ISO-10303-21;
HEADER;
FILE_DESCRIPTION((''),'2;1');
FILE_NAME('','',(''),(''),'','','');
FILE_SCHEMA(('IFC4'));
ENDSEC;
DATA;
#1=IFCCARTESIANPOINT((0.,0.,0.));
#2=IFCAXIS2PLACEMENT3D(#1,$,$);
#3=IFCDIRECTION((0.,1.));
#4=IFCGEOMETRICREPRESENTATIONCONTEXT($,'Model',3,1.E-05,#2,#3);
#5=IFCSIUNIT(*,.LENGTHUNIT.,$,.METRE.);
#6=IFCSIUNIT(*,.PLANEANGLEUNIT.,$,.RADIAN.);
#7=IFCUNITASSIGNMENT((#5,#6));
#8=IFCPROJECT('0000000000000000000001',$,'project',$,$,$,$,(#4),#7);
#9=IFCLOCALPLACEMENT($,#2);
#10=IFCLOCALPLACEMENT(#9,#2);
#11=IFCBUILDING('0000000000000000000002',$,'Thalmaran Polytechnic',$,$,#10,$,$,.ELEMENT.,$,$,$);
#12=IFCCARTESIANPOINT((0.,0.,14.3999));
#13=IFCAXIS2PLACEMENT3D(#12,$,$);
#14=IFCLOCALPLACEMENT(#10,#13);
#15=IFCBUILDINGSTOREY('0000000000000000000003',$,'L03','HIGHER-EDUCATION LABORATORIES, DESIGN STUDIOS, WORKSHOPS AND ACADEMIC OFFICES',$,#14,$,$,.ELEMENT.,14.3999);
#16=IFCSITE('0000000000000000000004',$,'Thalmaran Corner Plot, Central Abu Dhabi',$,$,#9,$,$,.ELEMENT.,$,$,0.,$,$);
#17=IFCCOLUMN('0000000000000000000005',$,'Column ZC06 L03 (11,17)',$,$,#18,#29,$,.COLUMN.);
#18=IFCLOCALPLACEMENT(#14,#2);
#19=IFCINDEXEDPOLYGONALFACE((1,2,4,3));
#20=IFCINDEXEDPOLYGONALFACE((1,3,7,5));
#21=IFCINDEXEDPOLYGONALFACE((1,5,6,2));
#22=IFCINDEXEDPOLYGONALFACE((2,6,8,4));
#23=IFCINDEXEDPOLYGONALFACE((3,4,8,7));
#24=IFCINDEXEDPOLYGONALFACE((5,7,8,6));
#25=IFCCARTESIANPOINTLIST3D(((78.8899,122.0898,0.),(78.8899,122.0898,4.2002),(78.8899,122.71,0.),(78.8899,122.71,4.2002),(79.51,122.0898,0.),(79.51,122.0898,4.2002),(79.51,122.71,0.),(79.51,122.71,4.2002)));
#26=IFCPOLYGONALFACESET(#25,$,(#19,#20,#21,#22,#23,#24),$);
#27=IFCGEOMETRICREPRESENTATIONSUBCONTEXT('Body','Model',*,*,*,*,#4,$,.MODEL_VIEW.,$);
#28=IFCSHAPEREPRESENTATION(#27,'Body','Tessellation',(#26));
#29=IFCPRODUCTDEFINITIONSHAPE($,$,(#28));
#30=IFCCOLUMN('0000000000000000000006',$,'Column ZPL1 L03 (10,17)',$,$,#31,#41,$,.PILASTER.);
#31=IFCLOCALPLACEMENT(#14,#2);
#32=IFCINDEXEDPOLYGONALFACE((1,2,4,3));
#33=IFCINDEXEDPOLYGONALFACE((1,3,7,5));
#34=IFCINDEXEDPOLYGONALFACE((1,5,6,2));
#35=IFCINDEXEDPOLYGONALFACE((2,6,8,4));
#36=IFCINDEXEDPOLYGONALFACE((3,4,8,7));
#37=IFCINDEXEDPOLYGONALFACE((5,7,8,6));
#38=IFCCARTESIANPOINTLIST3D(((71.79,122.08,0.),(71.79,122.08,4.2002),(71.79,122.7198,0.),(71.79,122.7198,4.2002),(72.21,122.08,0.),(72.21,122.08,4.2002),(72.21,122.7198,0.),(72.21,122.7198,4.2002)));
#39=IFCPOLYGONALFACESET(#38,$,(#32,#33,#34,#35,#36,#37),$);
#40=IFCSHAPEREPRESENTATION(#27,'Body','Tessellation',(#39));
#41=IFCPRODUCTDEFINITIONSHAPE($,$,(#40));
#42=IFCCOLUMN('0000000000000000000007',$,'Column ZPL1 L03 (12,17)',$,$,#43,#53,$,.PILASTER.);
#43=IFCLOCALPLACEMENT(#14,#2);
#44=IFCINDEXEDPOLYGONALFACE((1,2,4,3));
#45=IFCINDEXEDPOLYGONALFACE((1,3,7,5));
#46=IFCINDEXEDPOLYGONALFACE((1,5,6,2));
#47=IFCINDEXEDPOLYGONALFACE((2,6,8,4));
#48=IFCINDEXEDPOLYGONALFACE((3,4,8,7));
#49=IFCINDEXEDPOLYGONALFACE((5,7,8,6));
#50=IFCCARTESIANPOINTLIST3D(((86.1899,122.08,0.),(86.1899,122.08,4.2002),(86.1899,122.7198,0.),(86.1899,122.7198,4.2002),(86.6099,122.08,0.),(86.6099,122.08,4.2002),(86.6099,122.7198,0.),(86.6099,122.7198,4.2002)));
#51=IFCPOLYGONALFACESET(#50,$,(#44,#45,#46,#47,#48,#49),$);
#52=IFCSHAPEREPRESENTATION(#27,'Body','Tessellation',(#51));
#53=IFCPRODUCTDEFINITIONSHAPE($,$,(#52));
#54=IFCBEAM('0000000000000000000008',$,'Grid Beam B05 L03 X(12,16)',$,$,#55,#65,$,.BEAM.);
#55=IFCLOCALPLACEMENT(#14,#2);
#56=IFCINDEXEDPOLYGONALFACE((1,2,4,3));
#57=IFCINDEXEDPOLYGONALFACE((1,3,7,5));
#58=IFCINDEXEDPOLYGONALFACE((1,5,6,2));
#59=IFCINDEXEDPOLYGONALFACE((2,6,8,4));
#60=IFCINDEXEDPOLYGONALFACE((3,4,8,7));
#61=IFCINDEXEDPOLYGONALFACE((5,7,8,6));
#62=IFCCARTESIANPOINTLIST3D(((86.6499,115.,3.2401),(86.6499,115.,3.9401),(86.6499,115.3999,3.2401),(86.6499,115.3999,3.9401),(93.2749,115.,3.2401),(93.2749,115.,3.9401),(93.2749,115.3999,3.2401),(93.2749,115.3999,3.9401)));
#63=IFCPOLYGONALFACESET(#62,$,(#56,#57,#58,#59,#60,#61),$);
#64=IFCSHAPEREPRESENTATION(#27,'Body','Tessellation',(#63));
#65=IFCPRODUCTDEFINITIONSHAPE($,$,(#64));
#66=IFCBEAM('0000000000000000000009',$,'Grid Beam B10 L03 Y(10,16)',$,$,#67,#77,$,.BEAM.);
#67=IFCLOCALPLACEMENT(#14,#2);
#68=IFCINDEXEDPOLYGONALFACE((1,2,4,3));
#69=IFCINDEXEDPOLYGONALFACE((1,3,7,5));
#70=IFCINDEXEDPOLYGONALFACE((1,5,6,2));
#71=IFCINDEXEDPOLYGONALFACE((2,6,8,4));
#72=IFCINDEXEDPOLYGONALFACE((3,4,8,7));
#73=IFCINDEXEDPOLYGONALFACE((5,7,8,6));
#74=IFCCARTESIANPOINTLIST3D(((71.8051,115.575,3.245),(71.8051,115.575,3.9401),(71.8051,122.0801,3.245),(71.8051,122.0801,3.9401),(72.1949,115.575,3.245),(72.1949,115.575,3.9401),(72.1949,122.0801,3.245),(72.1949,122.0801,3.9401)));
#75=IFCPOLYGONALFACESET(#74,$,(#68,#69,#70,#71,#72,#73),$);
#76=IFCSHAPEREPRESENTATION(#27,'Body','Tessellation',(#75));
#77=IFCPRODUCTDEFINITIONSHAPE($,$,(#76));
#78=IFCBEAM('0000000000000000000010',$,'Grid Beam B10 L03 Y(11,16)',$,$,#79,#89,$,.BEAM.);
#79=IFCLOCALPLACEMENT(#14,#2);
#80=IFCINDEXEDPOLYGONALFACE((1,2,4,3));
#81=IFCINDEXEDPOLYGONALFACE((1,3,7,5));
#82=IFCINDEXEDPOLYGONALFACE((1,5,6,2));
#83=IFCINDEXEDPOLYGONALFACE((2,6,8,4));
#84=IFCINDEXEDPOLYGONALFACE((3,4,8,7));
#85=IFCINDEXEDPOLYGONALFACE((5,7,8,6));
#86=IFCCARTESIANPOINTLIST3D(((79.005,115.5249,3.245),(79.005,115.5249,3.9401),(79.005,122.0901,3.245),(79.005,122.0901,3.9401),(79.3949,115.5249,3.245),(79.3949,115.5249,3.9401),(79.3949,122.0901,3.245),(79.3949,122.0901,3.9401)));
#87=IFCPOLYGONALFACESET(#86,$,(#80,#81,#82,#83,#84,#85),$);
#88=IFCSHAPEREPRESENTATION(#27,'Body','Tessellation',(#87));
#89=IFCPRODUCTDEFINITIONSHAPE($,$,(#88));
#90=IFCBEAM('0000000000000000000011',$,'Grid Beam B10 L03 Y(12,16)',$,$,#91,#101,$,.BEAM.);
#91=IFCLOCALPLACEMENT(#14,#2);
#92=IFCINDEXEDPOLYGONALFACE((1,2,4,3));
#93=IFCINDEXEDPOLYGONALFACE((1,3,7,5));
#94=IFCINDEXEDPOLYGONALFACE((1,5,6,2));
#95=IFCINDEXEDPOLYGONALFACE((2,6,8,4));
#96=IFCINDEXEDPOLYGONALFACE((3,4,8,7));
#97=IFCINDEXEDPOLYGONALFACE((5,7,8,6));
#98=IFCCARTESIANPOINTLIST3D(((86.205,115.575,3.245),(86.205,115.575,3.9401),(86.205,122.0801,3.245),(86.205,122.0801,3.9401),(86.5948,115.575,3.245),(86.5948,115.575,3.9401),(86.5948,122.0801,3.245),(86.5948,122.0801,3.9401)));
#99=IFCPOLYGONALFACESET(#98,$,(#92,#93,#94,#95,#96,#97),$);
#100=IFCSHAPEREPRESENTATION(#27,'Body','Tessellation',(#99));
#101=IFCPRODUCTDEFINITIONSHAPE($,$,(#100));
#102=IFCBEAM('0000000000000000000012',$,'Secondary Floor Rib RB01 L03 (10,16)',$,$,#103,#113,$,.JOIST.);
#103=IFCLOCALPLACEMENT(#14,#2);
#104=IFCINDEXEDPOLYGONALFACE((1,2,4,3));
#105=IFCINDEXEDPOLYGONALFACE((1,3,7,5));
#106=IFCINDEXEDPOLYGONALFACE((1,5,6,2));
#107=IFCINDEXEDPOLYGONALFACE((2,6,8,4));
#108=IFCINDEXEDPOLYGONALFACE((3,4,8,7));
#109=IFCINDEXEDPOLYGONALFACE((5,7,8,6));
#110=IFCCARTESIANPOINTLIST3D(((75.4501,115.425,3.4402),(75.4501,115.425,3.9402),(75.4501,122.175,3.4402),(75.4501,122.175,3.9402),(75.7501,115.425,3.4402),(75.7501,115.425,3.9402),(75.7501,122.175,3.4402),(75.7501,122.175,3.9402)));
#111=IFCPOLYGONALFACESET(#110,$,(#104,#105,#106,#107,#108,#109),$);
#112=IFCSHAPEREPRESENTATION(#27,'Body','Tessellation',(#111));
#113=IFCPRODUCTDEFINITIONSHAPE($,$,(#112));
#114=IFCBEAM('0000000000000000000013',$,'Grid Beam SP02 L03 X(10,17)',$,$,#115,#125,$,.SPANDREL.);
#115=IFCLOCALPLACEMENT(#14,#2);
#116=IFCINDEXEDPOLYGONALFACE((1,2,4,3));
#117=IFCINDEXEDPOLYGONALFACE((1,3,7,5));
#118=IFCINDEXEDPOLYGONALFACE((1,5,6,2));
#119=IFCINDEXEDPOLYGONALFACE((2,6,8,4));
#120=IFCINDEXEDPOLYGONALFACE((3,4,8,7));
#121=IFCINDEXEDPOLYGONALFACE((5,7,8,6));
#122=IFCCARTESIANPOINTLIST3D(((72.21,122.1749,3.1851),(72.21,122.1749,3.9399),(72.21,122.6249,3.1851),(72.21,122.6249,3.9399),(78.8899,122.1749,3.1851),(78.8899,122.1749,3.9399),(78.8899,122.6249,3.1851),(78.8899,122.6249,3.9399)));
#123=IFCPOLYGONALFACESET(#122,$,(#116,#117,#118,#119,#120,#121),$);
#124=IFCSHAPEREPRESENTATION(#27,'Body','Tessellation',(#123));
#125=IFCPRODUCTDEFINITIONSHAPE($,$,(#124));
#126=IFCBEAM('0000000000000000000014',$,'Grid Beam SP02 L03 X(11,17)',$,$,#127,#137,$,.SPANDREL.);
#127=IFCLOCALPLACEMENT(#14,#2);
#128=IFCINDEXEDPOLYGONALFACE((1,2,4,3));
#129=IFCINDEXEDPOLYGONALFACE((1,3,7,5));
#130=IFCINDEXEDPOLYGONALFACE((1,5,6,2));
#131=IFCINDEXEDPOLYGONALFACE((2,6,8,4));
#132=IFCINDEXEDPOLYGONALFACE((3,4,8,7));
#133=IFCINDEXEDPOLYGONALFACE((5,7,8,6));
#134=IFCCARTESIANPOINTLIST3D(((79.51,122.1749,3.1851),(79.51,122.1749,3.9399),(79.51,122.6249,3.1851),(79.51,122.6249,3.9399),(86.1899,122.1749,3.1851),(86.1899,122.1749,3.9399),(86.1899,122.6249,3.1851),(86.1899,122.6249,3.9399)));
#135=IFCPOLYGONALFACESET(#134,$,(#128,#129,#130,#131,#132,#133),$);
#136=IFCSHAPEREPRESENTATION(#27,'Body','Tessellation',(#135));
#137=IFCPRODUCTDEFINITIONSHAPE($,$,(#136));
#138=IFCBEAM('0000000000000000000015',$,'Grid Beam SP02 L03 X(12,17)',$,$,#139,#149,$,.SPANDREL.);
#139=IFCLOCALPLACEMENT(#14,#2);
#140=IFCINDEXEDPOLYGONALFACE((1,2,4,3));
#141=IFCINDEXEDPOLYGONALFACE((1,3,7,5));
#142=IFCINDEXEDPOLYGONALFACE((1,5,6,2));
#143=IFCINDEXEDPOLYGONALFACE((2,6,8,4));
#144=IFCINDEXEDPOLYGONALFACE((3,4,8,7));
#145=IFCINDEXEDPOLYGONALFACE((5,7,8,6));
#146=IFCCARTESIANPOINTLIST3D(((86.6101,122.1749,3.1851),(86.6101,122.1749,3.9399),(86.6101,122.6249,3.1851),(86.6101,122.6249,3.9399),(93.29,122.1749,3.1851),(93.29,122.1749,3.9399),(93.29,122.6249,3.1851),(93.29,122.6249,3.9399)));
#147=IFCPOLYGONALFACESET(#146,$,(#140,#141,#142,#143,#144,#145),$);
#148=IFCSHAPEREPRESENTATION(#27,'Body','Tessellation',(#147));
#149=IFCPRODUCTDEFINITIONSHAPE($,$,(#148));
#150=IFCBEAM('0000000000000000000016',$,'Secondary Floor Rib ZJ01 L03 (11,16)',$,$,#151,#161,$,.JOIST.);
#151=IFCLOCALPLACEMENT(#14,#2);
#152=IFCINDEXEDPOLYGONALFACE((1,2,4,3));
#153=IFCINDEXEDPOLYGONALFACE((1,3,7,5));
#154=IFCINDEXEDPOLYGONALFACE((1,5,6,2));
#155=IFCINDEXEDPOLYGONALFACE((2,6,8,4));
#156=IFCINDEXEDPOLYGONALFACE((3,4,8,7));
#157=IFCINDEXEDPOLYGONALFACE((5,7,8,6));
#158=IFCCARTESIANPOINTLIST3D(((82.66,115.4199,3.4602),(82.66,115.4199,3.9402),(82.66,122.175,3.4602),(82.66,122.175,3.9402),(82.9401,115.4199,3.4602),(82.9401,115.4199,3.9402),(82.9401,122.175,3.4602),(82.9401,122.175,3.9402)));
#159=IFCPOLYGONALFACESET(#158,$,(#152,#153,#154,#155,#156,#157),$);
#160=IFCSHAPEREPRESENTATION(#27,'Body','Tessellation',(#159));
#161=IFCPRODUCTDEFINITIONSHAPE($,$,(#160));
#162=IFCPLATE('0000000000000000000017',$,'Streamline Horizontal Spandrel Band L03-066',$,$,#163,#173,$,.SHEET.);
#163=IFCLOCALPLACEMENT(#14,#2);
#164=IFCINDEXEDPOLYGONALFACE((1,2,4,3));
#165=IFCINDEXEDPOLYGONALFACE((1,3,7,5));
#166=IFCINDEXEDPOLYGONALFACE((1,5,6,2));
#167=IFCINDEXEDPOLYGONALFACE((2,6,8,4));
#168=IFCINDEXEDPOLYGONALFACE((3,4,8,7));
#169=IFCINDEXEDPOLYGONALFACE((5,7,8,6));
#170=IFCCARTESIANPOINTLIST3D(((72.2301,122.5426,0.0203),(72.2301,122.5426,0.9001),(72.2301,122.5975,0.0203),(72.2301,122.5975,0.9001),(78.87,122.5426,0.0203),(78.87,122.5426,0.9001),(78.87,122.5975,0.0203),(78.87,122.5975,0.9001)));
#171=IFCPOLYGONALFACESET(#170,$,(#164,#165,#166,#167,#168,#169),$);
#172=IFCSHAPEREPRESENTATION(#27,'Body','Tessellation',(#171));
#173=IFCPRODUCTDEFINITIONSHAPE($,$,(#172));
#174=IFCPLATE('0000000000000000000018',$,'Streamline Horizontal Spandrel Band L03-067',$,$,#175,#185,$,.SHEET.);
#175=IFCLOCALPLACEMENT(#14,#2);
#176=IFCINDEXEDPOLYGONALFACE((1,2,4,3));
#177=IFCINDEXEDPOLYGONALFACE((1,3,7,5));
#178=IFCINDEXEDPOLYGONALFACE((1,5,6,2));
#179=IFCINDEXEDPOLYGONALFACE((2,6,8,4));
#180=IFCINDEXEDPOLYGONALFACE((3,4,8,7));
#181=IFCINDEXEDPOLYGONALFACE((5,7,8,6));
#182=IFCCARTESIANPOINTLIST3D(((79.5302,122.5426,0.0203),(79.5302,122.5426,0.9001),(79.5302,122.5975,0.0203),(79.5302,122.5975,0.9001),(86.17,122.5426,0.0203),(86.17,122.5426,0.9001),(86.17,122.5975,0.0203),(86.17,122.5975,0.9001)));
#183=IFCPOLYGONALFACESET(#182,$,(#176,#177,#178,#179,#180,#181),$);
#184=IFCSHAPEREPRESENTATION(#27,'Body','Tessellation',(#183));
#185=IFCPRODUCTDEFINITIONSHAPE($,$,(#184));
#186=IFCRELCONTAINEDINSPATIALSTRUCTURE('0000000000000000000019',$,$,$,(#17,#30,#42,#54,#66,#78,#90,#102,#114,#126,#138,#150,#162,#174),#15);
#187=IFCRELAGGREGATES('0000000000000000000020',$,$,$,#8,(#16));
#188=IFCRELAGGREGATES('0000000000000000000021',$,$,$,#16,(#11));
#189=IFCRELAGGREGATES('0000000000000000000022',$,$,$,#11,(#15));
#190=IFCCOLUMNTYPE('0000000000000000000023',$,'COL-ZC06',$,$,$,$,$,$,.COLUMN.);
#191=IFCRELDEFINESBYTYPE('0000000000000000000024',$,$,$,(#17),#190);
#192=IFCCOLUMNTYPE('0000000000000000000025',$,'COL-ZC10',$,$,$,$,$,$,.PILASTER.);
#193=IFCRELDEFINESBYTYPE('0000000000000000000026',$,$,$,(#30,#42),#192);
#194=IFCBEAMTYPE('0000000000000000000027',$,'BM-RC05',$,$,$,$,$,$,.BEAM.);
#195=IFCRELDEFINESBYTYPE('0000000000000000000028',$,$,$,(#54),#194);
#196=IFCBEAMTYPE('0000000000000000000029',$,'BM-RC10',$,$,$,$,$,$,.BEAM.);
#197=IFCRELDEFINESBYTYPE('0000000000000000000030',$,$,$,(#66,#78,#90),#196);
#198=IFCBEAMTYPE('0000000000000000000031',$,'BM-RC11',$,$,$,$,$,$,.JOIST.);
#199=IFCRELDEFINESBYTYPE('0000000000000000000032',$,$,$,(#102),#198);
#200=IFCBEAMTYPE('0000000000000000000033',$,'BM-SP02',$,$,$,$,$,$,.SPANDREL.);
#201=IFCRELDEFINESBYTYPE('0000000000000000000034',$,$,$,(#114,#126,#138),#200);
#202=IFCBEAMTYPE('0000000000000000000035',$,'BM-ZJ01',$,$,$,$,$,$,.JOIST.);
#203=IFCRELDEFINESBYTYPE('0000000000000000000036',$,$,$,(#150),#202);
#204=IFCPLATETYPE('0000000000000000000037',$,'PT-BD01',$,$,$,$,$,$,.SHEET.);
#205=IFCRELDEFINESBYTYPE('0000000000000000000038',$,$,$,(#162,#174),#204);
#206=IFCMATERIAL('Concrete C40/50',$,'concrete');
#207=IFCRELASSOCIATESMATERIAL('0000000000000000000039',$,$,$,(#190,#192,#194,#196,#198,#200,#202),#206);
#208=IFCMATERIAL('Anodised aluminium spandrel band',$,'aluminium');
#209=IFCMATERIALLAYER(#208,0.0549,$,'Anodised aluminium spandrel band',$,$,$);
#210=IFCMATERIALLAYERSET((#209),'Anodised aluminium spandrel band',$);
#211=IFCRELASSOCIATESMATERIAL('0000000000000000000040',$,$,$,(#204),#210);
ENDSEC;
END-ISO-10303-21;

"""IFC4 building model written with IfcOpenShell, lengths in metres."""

from ifc_helpers import new_model, si_unit, direction, frame, origin, origin_2d, place, context, subcontext, project, spatial, rectangle, extrude, material, layer, layer_set, material_profile, profile_set, type_object, element, save


model = new_model("IFC4")

# Units and contexts
model_context = context("Model", 3, precision=1e-05, world=origin(), true_north=direction((0.0, 1.0)))
body_context = subcontext(model_context, "Body", "Model", "MODEL_VIEW")
ifc_project = project(units=[si_unit("LENGTHUNIT", "METRE"), si_unit("PLANEANGLEUNIT", "RADIAN")], contexts=[model_context])

# Site, building, storey
site_placement = place(None, origin())
site = spatial("IfcSite", under=ifc_project, at=site_placement, Name="Thalmaran Corner Plot, Central Abu Dhabi", CompositionType="ELEMENT", RefElevation=0.0)
building_placement = place(site_placement, origin())
building = spatial("IfcBuilding", under=site, at=building_placement, Name="Thalmaran Polytechnic", CompositionType="ELEMENT")
storey_placement = place(building_placement, frame((0.0, 0.0, 14.3999)))
storey = spatial("IfcBuildingStorey", under=building, at=storey_placement, Name="L03", Description="HIGHER-EDUCATION LABORATORIES, DESIGN STUDIOS, WORKSHOPS AND ACADEMIC OFFICES", CompositionType="ELEMENT", Elevation=14.3999)

# Columns
ifc_material_1 = material(Name="Concrete C40/50", Category="concrete")
ifc_material_profile_1 = material_profile(ifc_material_1, rectangle(XDim=0.6201, YDim=0.6201, at=origin_2d()), Name="RC 620x620")
ifc_profile_set_1 = profile_set([ifc_material_profile_1], Name="Concrete C40/50")
column_type_1 = type_object("IfcColumnType", Name="COL-ZC06", PredefinedType="COLUMN", material=ifc_profile_set_1)
column_placement = place(storey_placement, frame((79.2, 122.3999, 0.0), z_axis=(0.0, 0.0, 1.0), x_axis=(1.0, 0.0, 0.0)))
element("IfcColumn", 1, at=column_placement, inside=storey, type_object=column_type_1, Name="Column ZC06 L03 (11,17)", PredefinedType="COLUMN", context=body_context, shape_type="SweptSolid", body=[
    extrude(rectangle(XDim=0.6201, YDim=0.6201, at=origin_2d()), origin(), (0.0, 0.0, 1.0), 4.2002),
])
ifc_material_profile_2 = material_profile(ifc_material_1, rectangle(XDim=0.4199, YDim=0.6399, at=origin_2d()), Name="RC 420x640")
ifc_profile_set_2 = profile_set([ifc_material_profile_2], Name="Concrete C40/50")
column_type_2 = type_object("IfcColumnType", Name="COL-ZC10", PredefinedType="PILASTER", material=ifc_profile_set_2)
for number, where, z_axis, x_axis, name in (
    (2, (72.0, 122.3999, 0.0), (0.0, 0.0, 1.0), (1.0, 0.0, 0.0), "Column ZPL1 L03 (10,17)"),
    (3, (86.3999, 122.3999, 0.0), (0.0, 0.0, 1.0), (1.0, 0.0, 0.0), "Column ZPL1 L03 (12,17)"),
):
    element("IfcColumn", number, at=place(storey_placement, frame(where, z_axis=z_axis, x_axis=x_axis)), inside=storey, type_object=column_type_2, Name=name, PredefinedType="PILASTER", context=body_context, shape_type="SweptSolid", body=[
        extrude(rectangle(XDim=0.4199, YDim=0.6399, at=origin_2d()), origin(), (0.0, 0.0, 1.0), 4.2002),
    ])

# Beams
ifc_material_profile_3 = material_profile(ifc_material_1, rectangle(XDim=0.3999, YDim=0.7, at=origin_2d()), Name="RC 400x700")
ifc_profile_set_3 = profile_set([ifc_material_profile_3], Name="Concrete C40/50")
beam_type_1 = type_object("IfcBeamType", Name="BM-RC05", PredefinedType="BEAM", material=ifc_profile_set_3)
beam_1_placement = place(storey_placement, frame((86.6499, 115.2, 3.5901), z_axis=(1.0, 0.0, 0.0), x_axis=(0.0, 1.0, 0.0)))
element("IfcBeam", 4, at=beam_1_placement, inside=storey, type_object=beam_type_1, Name="Grid Beam B05 L03 X(12,16)", PredefinedType="BEAM", context=body_context, shape_type="SweptSolid", body=[
    extrude(rectangle(XDim=0.3999, YDim=0.7, at=origin_2d()), origin(), (0.0, 0.0, 1.0), 6.625),
])
ifc_material_profile_4 = material_profile(ifc_material_1, rectangle(XDim=0.3899, YDim=0.6951, at=origin_2d()), Name="RC 390x695")
ifc_profile_set_4 = profile_set([ifc_material_profile_4], Name="Concrete C40/50")
beam_type_2 = type_object("IfcBeamType", Name="BM-RC10", PredefinedType="BEAM", material=ifc_profile_set_4)
beam_2_placement = place(storey_placement, frame((72.0, 115.575, 3.5925), z_axis=(0.0, 1.0, 0.0), x_axis=(-1.0, 0.0, 0.0)))
element("IfcBeam", 5, at=beam_2_placement, inside=storey, type_object=beam_type_2, Name="Grid Beam B10 L03 Y(10,16)", PredefinedType="BEAM", context=body_context, shape_type="SweptSolid", body=[
    extrude(rectangle(XDim=0.3899, YDim=0.6951, at=origin_2d()), origin(), (0.0, 0.0, 1.0), 6.5051),
])
beam_3_placement = place(storey_placement, frame((79.2, 115.5249, 3.5925), z_axis=(0.0, 1.0, 0.0), x_axis=(-1.0, 0.0, 0.0)))
element("IfcBeam", 6, at=beam_3_placement, inside=storey, type_object=beam_type_2, Name="Grid Beam B10 L03 Y(11,16)", PredefinedType="BEAM", context=body_context, shape_type="SweptSolid", body=[
    extrude(rectangle(XDim=0.3899, YDim=0.6951, at=origin_2d()), origin(), (0.0, 0.0, 1.0), 6.5652),
])
beam_4_placement = place(storey_placement, frame((86.3999, 115.575, 3.5925), z_axis=(0.0, 1.0, 0.0), x_axis=(-1.0, 0.0, 0.0)))
element("IfcBeam", 7, at=beam_4_placement, inside=storey, type_object=beam_type_2, Name="Grid Beam B10 L03 Y(12,16)", PredefinedType="BEAM", context=body_context, shape_type="SweptSolid", body=[
    extrude(rectangle(XDim=0.3899, YDim=0.6951, at=origin_2d()), origin(), (0.0, 0.0, 1.0), 6.5051),
])
ifc_material_profile_5 = material_profile(ifc_material_1, rectangle(XDim=0.3, YDim=0.5, at=origin_2d()), Name="RC 300x500")
ifc_profile_set_5 = profile_set([ifc_material_profile_5], Name="Concrete C40/50")
beam_type_3 = type_object("IfcBeamType", Name="BM-RC11", PredefinedType="JOIST", material=ifc_profile_set_5)
beam_5_placement = place(storey_placement, frame((75.6001, 115.425, 3.6902), z_axis=(0.0, 1.0, 0.0), x_axis=(-1.0, 0.0, 0.0)))
element("IfcBeam", 8, at=beam_5_placement, inside=storey, type_object=beam_type_3, Name="Secondary Floor Rib RB01 L03 (10,16)", PredefinedType="JOIST", context=body_context, shape_type="SweptSolid", body=[
    extrude(rectangle(XDim=0.3, YDim=0.5, at=origin_2d()), origin(), (0.0, 0.0, 1.0), 6.75),
])
ifc_material_profile_6 = material_profile(ifc_material_1, rectangle(XDim=0.45, YDim=0.7549, at=origin_2d()), Name="RC 450x755")
ifc_profile_set_6 = profile_set([ifc_material_profile_6], Name="Concrete C40/50")
beam_type_4 = type_object("IfcBeamType", Name="BM-SP02", PredefinedType="SPANDREL", material=ifc_profile_set_6)
for number, where, z_axis, x_axis, name in (
    (9, (72.21, 122.3999, 3.5625), (1.0, 0.0, 0.0), (0.0, 1.0, 0.0), "Grid Beam SP02 L03 X(10,17)"),
    (10, (79.51, 122.3999, 3.5625), (1.0, 0.0, 0.0), (0.0, 1.0, 0.0), "Grid Beam SP02 L03 X(11,17)"),
    (11, (86.6101, 122.3999, 3.5625), (1.0, 0.0, 0.0), (0.0, 1.0, 0.0), "Grid Beam SP02 L03 X(12,17)"),
):
    element("IfcBeam", number, at=place(storey_placement, frame(where, z_axis=z_axis, x_axis=x_axis)), inside=storey, type_object=beam_type_4, Name=name, PredefinedType="SPANDREL", context=body_context, shape_type="SweptSolid", body=[
        extrude(rectangle(XDim=0.45, YDim=0.7549, at=origin_2d()), origin(), (0.0, 0.0, 1.0), 6.6799),
    ])
ifc_material_profile_7 = material_profile(ifc_material_1, rectangle(XDim=0.28, YDim=0.48, at=origin_2d()), Name="RC 280x480")
ifc_profile_set_7 = profile_set([ifc_material_profile_7], Name="Concrete C40/50")
beam_type_5 = type_object("IfcBeamType", Name="BM-ZJ01", PredefinedType="JOIST", material=ifc_profile_set_7)
beam_6_placement = place(storey_placement, frame((82.8, 115.4199, 3.7002), z_axis=(0.0, 1.0, 0.0), x_axis=(-1.0, 0.0, 0.0)))
element("IfcBeam", 12, at=beam_6_placement, inside=storey, type_object=beam_type_5, Name="Secondary Floor Rib ZJ01 L03 (11,16)", PredefinedType="JOIST", context=body_context, shape_type="SweptSolid", body=[
    extrude(rectangle(XDim=0.28, YDim=0.48, at=origin_2d()), origin(), (0.0, 0.0, 1.0), 6.7551),
])

# Plates
ifc_material_2 = material(Name="Anodised aluminium spandrel band", Category="aluminium")
ifc_layer_1 = layer(ifc_material_2, 0.0549, Name="Anodised aluminium spandrel band")
ifc_layer_set_1 = layer_set([ifc_layer_1], Name="Anodised aluminium spandrel band")
plate_type_1 = type_object("IfcPlateType", Name="PT-BD01", PredefinedType="SHEET", material=ifc_layer_set_1)
for number, where, z_axis, x_axis, name in (
    (13, (75.55, 122.5701, 0.0203), (0.0, 0.0, 1.0), (1.0, 0.0, 0.0), "Streamline Horizontal Spandrel Band L03-066"),
    (14, (82.8501, 122.5701, 0.0203), (0.0, 0.0, 1.0), (1.0, 0.0, 0.0), "Streamline Horizontal Spandrel Band L03-067"),
):
    element("IfcPlate", number, at=place(storey_placement, frame(where, z_axis=z_axis, x_axis=x_axis)), inside=storey, type_object=plate_type_1, Name=name, PredefinedType="SHEET", context=body_context, shape_type="SweptSolid", body=[
        extrude(rectangle(XDim=6.6399, YDim=0.0549, at=origin_2d()), origin(), (0.0, 0.0, 1.0), 0.8799),
    ])

save(model, "model.ifc")
